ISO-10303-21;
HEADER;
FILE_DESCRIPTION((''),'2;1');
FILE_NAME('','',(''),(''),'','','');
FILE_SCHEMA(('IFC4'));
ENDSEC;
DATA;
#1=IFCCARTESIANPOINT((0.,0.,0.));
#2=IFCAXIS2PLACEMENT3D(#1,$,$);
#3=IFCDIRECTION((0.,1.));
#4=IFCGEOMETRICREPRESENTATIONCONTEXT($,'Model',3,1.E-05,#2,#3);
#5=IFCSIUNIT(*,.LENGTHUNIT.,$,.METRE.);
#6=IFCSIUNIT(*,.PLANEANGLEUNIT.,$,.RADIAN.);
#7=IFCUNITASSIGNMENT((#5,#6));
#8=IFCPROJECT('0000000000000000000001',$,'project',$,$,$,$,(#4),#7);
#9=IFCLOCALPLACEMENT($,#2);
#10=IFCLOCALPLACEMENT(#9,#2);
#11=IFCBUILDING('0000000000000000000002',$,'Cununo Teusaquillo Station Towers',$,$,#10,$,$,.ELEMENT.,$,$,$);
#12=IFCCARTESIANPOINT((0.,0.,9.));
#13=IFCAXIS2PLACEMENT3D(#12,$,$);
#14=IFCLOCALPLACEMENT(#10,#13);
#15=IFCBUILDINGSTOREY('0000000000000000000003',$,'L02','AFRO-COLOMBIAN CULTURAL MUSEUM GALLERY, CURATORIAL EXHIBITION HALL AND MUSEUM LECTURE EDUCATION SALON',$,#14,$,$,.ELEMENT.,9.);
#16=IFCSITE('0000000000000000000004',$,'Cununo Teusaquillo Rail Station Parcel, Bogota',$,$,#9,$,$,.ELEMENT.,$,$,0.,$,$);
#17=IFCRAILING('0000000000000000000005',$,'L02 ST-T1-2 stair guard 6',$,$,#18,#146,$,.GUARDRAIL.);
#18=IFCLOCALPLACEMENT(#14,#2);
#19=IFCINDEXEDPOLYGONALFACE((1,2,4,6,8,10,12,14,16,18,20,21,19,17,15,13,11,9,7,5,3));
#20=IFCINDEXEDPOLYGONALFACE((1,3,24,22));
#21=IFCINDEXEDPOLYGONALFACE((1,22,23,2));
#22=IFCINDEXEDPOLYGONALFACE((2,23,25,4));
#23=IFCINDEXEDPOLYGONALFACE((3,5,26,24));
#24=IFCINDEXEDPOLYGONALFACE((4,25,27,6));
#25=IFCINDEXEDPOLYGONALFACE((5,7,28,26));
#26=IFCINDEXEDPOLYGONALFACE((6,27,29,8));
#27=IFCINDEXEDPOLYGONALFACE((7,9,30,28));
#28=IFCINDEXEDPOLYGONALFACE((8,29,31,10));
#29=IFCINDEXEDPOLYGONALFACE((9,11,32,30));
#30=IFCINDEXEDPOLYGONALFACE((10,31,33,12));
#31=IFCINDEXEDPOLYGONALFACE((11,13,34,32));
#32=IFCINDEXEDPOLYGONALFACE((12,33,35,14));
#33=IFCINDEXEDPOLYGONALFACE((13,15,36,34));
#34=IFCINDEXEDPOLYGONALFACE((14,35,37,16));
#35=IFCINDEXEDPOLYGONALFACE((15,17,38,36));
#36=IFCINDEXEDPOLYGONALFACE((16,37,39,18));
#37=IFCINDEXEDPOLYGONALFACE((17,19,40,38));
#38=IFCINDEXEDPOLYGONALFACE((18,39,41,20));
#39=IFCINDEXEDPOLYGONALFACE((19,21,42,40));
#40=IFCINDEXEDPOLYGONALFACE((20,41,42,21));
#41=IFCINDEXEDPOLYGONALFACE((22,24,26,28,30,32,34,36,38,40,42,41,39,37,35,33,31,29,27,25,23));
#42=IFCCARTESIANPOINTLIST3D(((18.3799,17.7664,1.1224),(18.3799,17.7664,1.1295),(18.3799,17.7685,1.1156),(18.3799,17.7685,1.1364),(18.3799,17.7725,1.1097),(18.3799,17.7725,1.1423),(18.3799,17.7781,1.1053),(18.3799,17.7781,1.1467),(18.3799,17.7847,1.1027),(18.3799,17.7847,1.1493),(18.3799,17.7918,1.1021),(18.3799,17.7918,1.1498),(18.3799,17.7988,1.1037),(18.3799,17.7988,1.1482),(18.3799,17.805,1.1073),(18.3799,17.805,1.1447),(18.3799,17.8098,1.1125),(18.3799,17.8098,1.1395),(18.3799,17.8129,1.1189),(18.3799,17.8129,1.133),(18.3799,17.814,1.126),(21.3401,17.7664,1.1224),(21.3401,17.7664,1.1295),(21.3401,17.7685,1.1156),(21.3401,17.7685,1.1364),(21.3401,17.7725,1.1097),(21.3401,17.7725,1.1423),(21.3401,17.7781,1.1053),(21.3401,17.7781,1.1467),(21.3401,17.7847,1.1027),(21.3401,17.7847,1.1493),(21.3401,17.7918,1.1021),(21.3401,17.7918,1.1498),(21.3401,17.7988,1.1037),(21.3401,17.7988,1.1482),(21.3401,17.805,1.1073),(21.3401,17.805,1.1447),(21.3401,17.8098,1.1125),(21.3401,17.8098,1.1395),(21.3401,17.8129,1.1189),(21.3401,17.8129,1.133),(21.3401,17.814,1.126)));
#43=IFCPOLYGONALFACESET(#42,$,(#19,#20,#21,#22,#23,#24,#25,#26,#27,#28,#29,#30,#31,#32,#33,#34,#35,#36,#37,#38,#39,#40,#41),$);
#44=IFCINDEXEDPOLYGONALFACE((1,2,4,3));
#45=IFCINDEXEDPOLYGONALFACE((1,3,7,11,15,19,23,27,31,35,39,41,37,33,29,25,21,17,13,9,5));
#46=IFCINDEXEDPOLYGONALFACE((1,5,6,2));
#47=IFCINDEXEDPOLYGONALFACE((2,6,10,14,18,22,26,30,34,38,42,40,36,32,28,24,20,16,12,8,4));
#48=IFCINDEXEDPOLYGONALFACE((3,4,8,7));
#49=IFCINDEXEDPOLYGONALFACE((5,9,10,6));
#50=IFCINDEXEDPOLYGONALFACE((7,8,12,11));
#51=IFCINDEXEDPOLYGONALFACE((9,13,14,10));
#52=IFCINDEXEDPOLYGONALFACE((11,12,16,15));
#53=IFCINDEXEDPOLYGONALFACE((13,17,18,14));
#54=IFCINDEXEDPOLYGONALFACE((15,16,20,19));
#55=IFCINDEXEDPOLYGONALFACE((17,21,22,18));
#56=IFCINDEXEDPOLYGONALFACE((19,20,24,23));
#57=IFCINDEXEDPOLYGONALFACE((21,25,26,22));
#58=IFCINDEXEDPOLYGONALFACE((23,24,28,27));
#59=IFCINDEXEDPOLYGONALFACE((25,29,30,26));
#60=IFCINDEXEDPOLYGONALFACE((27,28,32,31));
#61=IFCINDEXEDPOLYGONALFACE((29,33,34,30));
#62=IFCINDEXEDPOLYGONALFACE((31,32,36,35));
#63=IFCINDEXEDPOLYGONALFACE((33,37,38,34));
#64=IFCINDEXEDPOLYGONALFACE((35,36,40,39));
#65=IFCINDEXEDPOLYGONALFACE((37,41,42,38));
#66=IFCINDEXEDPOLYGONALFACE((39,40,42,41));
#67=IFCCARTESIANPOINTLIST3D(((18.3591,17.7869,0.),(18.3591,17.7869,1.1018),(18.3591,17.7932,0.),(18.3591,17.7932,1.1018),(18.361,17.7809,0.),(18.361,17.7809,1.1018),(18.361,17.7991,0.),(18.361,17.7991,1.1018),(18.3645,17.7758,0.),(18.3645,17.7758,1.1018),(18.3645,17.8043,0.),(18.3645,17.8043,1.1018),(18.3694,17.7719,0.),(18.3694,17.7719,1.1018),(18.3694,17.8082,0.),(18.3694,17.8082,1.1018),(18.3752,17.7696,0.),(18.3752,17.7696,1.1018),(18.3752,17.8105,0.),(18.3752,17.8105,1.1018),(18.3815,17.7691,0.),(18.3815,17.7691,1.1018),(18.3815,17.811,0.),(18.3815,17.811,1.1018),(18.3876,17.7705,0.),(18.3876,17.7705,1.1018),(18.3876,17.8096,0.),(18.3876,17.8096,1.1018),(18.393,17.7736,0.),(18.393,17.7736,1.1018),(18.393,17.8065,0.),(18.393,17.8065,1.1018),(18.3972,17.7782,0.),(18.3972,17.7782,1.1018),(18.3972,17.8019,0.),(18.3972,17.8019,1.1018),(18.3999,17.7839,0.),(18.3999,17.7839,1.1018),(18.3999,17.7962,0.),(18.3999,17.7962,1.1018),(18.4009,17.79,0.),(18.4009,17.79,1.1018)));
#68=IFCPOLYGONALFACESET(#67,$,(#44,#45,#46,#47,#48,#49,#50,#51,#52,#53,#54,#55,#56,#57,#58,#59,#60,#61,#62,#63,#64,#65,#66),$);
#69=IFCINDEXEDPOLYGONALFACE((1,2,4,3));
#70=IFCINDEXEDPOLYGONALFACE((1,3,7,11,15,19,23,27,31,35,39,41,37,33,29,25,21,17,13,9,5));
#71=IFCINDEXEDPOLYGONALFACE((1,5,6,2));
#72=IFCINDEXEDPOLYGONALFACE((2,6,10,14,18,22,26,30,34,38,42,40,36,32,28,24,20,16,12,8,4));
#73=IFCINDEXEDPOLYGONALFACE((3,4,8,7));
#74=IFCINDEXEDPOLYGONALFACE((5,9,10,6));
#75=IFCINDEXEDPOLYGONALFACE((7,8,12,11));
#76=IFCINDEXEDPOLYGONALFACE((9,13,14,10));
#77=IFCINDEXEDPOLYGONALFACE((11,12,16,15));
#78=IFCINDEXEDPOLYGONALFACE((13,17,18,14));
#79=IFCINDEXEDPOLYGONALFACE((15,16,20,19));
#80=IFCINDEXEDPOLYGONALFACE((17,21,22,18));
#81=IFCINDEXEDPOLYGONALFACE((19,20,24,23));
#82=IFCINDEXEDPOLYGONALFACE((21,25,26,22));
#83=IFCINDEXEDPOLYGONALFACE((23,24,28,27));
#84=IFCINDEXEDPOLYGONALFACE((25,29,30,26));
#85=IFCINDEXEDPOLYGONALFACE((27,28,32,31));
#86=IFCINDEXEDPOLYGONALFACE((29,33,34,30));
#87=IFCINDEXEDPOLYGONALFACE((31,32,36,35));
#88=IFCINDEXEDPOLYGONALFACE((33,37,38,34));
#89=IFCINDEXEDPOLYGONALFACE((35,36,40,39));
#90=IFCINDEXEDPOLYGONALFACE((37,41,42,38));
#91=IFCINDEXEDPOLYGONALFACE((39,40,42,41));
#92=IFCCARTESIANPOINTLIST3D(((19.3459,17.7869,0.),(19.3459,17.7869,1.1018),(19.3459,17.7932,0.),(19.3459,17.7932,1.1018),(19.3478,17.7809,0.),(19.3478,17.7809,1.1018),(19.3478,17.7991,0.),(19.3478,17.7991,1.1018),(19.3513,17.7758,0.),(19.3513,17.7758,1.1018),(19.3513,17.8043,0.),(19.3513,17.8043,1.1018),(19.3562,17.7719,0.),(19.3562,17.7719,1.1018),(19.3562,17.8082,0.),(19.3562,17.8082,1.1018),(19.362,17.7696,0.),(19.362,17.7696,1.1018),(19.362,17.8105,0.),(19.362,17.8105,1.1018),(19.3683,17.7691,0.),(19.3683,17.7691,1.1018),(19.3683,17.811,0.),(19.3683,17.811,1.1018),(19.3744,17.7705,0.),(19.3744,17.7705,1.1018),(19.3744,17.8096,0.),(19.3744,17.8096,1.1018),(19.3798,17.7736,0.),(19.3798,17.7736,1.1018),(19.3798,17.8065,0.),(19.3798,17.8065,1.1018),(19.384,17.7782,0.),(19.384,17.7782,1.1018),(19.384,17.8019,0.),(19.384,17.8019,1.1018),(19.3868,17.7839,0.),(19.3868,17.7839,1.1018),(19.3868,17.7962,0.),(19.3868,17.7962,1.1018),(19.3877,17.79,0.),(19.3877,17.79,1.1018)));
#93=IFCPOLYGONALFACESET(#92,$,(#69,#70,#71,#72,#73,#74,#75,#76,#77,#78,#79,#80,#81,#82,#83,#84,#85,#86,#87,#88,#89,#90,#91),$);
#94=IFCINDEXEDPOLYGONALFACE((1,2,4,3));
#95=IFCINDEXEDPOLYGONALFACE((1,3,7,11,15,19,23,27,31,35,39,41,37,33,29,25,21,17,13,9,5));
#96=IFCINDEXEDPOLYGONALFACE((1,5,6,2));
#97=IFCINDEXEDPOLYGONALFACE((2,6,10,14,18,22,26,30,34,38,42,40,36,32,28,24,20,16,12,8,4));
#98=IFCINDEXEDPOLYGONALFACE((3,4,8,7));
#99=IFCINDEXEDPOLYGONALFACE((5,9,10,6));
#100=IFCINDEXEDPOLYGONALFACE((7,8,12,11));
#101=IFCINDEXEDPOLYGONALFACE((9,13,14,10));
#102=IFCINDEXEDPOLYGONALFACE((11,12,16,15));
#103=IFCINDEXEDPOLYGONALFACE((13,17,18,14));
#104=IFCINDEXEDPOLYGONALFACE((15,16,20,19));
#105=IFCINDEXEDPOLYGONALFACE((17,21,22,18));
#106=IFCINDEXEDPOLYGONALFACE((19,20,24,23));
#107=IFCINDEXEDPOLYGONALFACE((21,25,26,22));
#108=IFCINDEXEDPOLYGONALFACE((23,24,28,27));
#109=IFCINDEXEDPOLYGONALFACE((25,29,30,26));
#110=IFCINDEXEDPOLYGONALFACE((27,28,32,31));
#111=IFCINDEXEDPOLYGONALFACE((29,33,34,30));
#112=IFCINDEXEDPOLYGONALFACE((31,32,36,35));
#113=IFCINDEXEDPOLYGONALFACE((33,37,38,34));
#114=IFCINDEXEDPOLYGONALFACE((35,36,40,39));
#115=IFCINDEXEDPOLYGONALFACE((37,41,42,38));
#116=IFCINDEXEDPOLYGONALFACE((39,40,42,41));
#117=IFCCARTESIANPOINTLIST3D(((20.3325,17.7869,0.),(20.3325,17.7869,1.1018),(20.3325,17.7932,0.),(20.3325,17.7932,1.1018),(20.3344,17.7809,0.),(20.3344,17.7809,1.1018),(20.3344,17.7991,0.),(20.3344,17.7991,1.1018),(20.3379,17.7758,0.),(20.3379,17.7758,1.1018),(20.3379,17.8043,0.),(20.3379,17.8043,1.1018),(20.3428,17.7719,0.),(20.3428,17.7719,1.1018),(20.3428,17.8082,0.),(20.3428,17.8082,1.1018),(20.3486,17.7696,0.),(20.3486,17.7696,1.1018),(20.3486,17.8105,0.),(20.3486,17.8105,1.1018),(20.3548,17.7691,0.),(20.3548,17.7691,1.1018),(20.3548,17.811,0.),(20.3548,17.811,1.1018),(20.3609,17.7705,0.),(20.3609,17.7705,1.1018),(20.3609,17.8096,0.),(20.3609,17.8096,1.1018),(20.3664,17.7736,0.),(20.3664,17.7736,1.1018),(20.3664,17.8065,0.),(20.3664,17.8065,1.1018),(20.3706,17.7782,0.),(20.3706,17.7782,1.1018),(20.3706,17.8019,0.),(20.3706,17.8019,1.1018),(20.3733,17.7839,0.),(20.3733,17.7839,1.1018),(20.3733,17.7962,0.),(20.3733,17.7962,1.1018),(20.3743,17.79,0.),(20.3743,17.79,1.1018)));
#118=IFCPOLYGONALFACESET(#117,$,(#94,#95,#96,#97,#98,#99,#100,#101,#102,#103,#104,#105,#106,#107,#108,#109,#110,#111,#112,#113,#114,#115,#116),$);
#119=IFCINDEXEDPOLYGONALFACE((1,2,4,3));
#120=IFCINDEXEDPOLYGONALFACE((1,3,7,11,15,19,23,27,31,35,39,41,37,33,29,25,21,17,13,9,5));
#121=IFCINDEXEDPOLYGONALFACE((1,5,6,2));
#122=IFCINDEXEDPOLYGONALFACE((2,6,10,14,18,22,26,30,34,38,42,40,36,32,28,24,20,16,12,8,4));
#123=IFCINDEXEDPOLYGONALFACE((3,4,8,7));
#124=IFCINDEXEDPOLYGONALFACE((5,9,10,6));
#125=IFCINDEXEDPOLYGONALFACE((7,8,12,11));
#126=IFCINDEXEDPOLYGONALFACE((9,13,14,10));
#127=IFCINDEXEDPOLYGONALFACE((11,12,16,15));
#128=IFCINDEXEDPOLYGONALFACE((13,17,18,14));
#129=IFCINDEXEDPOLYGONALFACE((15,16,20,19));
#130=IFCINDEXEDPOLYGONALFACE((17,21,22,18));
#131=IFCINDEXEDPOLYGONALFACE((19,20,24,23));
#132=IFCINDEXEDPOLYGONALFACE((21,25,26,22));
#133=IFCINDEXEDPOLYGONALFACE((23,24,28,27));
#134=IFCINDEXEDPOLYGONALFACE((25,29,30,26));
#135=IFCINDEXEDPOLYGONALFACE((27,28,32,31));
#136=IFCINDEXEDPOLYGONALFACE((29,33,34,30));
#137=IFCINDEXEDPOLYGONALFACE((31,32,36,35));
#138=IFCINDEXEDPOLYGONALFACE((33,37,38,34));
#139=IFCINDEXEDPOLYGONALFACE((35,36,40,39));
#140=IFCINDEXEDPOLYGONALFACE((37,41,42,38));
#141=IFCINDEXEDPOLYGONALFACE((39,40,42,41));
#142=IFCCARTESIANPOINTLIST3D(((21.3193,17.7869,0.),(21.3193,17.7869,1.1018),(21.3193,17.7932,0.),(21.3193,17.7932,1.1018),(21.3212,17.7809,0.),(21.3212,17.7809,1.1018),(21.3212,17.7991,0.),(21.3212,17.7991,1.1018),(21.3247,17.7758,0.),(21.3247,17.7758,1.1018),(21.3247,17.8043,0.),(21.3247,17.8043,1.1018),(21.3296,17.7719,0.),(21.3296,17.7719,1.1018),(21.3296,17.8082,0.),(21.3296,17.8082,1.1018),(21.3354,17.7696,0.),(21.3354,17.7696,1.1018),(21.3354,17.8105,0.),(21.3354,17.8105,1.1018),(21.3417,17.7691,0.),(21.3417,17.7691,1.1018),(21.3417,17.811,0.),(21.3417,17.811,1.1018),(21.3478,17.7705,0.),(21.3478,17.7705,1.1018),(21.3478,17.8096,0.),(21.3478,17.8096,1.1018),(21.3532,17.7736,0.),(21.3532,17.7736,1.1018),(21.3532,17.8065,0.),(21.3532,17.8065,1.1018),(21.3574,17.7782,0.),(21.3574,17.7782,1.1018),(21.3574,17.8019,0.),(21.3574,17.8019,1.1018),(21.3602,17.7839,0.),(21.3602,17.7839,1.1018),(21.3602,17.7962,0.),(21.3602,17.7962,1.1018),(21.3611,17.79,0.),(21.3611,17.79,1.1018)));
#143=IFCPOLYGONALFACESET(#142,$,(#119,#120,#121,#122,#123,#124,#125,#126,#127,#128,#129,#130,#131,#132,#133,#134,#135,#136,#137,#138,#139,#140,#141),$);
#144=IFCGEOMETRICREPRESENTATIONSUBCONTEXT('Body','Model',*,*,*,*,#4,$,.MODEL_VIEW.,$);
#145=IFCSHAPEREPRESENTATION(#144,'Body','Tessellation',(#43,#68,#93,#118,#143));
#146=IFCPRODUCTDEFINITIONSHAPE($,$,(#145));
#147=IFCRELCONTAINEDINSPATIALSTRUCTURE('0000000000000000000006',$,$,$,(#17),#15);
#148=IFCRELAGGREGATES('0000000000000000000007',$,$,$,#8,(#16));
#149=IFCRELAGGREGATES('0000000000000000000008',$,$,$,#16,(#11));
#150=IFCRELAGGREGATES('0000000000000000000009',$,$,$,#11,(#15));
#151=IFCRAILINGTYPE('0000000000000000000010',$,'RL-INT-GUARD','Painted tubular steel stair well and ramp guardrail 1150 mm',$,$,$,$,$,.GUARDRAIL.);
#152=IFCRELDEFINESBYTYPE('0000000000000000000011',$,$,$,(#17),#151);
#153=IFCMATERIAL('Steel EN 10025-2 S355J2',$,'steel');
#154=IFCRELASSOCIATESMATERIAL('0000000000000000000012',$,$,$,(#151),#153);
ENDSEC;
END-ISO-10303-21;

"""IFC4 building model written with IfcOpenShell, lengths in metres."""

from ifc_helpers import new_model, si_unit, direction, frame, origin, origin_2d, place, context, subcontext, project, spatial, circle, extrude, material, type_object, element, save


model = new_model("IFC4")

# Units and contexts
model_context = context("Model", 3, precision=1e-05, world=origin(), true_north=direction((0.0, 1.0)))
body_context = subcontext(model_context, "Body", "Model", "MODEL_VIEW")
ifc_project = project(units=[si_unit("LENGTHUNIT", "METRE"), si_unit("PLANEANGLEUNIT", "RADIAN")], contexts=[model_context])

# Site, building, storey
site_placement = place(None, origin())
site = spatial("IfcSite", under=ifc_project, at=site_placement, Name="Cununo Teusaquillo Rail Station Parcel, Bogota", CompositionType="ELEMENT", RefElevation=0.0)
building_placement = place(site_placement, origin())
building = spatial("IfcBuilding", under=site, at=building_placement, Name="Cununo Teusaquillo Station Towers", CompositionType="ELEMENT")
storey_placement = place(building_placement, frame((0.0, 0.0, 9.0)))
storey = spatial("IfcBuildingStorey", under=building, at=storey_placement, Name="L02", Description="AFRO-COLOMBIAN CULTURAL MUSEUM GALLERY, CURATORIAL EXHIBITION HALL AND MUSEUM LECTURE EDUCATION SALON", CompositionType="ELEMENT", Elevation=9.0)

# Railing
ifc_material_1 = material(Name="Steel EN 10025-2 S355J2", Category="steel")
railing_type_1 = type_object("IfcRailingType", Name="RL-INT-GUARD", Description="Painted tubular steel stair well and ramp guardrail 1150 mm", PredefinedType="GUARDRAIL", material=ifc_material_1)
railing_1_placement = place(storey_placement, frame((18.3799, 17.79, 0.0)))
element("IfcRailing", 1, at=railing_1_placement, inside=storey, type_object=railing_type_1, Name="L02 ST-T1-2 stair guard 6", PredefinedType="GUARDRAIL", context=body_context, shape_type="SweptSolid", body=[
    extrude(circle(Radius=0.0239, at=origin_2d()), frame((0.0, 0.0, 1.126), z_axis=(1.0, 0.0, 0.0), x_axis=(0.0, 1.0, 0.0)), (0.0, 0.0, 1.0), 2.9602),
    extrude(circle(Radius=0.021, at=origin_2d()), origin(), (0.0, 0.0, 1.0), 1.1018),
    extrude(circle(Radius=0.021, at=origin_2d()), frame((0.9868, 0.0, 0.0)), (0.0, 0.0, 1.0), 1.1018),
    extrude(circle(Radius=0.021, at=origin_2d()), frame((1.9734, 0.0, 0.0)), (0.0, 0.0, 1.0), 1.1018),
    extrude(circle(Radius=0.021, at=origin_2d()), frame((2.9602, 0.0, 0.0)), (0.0, 0.0, 1.0), 1.1018),
])

save(model, "model.ifc")
